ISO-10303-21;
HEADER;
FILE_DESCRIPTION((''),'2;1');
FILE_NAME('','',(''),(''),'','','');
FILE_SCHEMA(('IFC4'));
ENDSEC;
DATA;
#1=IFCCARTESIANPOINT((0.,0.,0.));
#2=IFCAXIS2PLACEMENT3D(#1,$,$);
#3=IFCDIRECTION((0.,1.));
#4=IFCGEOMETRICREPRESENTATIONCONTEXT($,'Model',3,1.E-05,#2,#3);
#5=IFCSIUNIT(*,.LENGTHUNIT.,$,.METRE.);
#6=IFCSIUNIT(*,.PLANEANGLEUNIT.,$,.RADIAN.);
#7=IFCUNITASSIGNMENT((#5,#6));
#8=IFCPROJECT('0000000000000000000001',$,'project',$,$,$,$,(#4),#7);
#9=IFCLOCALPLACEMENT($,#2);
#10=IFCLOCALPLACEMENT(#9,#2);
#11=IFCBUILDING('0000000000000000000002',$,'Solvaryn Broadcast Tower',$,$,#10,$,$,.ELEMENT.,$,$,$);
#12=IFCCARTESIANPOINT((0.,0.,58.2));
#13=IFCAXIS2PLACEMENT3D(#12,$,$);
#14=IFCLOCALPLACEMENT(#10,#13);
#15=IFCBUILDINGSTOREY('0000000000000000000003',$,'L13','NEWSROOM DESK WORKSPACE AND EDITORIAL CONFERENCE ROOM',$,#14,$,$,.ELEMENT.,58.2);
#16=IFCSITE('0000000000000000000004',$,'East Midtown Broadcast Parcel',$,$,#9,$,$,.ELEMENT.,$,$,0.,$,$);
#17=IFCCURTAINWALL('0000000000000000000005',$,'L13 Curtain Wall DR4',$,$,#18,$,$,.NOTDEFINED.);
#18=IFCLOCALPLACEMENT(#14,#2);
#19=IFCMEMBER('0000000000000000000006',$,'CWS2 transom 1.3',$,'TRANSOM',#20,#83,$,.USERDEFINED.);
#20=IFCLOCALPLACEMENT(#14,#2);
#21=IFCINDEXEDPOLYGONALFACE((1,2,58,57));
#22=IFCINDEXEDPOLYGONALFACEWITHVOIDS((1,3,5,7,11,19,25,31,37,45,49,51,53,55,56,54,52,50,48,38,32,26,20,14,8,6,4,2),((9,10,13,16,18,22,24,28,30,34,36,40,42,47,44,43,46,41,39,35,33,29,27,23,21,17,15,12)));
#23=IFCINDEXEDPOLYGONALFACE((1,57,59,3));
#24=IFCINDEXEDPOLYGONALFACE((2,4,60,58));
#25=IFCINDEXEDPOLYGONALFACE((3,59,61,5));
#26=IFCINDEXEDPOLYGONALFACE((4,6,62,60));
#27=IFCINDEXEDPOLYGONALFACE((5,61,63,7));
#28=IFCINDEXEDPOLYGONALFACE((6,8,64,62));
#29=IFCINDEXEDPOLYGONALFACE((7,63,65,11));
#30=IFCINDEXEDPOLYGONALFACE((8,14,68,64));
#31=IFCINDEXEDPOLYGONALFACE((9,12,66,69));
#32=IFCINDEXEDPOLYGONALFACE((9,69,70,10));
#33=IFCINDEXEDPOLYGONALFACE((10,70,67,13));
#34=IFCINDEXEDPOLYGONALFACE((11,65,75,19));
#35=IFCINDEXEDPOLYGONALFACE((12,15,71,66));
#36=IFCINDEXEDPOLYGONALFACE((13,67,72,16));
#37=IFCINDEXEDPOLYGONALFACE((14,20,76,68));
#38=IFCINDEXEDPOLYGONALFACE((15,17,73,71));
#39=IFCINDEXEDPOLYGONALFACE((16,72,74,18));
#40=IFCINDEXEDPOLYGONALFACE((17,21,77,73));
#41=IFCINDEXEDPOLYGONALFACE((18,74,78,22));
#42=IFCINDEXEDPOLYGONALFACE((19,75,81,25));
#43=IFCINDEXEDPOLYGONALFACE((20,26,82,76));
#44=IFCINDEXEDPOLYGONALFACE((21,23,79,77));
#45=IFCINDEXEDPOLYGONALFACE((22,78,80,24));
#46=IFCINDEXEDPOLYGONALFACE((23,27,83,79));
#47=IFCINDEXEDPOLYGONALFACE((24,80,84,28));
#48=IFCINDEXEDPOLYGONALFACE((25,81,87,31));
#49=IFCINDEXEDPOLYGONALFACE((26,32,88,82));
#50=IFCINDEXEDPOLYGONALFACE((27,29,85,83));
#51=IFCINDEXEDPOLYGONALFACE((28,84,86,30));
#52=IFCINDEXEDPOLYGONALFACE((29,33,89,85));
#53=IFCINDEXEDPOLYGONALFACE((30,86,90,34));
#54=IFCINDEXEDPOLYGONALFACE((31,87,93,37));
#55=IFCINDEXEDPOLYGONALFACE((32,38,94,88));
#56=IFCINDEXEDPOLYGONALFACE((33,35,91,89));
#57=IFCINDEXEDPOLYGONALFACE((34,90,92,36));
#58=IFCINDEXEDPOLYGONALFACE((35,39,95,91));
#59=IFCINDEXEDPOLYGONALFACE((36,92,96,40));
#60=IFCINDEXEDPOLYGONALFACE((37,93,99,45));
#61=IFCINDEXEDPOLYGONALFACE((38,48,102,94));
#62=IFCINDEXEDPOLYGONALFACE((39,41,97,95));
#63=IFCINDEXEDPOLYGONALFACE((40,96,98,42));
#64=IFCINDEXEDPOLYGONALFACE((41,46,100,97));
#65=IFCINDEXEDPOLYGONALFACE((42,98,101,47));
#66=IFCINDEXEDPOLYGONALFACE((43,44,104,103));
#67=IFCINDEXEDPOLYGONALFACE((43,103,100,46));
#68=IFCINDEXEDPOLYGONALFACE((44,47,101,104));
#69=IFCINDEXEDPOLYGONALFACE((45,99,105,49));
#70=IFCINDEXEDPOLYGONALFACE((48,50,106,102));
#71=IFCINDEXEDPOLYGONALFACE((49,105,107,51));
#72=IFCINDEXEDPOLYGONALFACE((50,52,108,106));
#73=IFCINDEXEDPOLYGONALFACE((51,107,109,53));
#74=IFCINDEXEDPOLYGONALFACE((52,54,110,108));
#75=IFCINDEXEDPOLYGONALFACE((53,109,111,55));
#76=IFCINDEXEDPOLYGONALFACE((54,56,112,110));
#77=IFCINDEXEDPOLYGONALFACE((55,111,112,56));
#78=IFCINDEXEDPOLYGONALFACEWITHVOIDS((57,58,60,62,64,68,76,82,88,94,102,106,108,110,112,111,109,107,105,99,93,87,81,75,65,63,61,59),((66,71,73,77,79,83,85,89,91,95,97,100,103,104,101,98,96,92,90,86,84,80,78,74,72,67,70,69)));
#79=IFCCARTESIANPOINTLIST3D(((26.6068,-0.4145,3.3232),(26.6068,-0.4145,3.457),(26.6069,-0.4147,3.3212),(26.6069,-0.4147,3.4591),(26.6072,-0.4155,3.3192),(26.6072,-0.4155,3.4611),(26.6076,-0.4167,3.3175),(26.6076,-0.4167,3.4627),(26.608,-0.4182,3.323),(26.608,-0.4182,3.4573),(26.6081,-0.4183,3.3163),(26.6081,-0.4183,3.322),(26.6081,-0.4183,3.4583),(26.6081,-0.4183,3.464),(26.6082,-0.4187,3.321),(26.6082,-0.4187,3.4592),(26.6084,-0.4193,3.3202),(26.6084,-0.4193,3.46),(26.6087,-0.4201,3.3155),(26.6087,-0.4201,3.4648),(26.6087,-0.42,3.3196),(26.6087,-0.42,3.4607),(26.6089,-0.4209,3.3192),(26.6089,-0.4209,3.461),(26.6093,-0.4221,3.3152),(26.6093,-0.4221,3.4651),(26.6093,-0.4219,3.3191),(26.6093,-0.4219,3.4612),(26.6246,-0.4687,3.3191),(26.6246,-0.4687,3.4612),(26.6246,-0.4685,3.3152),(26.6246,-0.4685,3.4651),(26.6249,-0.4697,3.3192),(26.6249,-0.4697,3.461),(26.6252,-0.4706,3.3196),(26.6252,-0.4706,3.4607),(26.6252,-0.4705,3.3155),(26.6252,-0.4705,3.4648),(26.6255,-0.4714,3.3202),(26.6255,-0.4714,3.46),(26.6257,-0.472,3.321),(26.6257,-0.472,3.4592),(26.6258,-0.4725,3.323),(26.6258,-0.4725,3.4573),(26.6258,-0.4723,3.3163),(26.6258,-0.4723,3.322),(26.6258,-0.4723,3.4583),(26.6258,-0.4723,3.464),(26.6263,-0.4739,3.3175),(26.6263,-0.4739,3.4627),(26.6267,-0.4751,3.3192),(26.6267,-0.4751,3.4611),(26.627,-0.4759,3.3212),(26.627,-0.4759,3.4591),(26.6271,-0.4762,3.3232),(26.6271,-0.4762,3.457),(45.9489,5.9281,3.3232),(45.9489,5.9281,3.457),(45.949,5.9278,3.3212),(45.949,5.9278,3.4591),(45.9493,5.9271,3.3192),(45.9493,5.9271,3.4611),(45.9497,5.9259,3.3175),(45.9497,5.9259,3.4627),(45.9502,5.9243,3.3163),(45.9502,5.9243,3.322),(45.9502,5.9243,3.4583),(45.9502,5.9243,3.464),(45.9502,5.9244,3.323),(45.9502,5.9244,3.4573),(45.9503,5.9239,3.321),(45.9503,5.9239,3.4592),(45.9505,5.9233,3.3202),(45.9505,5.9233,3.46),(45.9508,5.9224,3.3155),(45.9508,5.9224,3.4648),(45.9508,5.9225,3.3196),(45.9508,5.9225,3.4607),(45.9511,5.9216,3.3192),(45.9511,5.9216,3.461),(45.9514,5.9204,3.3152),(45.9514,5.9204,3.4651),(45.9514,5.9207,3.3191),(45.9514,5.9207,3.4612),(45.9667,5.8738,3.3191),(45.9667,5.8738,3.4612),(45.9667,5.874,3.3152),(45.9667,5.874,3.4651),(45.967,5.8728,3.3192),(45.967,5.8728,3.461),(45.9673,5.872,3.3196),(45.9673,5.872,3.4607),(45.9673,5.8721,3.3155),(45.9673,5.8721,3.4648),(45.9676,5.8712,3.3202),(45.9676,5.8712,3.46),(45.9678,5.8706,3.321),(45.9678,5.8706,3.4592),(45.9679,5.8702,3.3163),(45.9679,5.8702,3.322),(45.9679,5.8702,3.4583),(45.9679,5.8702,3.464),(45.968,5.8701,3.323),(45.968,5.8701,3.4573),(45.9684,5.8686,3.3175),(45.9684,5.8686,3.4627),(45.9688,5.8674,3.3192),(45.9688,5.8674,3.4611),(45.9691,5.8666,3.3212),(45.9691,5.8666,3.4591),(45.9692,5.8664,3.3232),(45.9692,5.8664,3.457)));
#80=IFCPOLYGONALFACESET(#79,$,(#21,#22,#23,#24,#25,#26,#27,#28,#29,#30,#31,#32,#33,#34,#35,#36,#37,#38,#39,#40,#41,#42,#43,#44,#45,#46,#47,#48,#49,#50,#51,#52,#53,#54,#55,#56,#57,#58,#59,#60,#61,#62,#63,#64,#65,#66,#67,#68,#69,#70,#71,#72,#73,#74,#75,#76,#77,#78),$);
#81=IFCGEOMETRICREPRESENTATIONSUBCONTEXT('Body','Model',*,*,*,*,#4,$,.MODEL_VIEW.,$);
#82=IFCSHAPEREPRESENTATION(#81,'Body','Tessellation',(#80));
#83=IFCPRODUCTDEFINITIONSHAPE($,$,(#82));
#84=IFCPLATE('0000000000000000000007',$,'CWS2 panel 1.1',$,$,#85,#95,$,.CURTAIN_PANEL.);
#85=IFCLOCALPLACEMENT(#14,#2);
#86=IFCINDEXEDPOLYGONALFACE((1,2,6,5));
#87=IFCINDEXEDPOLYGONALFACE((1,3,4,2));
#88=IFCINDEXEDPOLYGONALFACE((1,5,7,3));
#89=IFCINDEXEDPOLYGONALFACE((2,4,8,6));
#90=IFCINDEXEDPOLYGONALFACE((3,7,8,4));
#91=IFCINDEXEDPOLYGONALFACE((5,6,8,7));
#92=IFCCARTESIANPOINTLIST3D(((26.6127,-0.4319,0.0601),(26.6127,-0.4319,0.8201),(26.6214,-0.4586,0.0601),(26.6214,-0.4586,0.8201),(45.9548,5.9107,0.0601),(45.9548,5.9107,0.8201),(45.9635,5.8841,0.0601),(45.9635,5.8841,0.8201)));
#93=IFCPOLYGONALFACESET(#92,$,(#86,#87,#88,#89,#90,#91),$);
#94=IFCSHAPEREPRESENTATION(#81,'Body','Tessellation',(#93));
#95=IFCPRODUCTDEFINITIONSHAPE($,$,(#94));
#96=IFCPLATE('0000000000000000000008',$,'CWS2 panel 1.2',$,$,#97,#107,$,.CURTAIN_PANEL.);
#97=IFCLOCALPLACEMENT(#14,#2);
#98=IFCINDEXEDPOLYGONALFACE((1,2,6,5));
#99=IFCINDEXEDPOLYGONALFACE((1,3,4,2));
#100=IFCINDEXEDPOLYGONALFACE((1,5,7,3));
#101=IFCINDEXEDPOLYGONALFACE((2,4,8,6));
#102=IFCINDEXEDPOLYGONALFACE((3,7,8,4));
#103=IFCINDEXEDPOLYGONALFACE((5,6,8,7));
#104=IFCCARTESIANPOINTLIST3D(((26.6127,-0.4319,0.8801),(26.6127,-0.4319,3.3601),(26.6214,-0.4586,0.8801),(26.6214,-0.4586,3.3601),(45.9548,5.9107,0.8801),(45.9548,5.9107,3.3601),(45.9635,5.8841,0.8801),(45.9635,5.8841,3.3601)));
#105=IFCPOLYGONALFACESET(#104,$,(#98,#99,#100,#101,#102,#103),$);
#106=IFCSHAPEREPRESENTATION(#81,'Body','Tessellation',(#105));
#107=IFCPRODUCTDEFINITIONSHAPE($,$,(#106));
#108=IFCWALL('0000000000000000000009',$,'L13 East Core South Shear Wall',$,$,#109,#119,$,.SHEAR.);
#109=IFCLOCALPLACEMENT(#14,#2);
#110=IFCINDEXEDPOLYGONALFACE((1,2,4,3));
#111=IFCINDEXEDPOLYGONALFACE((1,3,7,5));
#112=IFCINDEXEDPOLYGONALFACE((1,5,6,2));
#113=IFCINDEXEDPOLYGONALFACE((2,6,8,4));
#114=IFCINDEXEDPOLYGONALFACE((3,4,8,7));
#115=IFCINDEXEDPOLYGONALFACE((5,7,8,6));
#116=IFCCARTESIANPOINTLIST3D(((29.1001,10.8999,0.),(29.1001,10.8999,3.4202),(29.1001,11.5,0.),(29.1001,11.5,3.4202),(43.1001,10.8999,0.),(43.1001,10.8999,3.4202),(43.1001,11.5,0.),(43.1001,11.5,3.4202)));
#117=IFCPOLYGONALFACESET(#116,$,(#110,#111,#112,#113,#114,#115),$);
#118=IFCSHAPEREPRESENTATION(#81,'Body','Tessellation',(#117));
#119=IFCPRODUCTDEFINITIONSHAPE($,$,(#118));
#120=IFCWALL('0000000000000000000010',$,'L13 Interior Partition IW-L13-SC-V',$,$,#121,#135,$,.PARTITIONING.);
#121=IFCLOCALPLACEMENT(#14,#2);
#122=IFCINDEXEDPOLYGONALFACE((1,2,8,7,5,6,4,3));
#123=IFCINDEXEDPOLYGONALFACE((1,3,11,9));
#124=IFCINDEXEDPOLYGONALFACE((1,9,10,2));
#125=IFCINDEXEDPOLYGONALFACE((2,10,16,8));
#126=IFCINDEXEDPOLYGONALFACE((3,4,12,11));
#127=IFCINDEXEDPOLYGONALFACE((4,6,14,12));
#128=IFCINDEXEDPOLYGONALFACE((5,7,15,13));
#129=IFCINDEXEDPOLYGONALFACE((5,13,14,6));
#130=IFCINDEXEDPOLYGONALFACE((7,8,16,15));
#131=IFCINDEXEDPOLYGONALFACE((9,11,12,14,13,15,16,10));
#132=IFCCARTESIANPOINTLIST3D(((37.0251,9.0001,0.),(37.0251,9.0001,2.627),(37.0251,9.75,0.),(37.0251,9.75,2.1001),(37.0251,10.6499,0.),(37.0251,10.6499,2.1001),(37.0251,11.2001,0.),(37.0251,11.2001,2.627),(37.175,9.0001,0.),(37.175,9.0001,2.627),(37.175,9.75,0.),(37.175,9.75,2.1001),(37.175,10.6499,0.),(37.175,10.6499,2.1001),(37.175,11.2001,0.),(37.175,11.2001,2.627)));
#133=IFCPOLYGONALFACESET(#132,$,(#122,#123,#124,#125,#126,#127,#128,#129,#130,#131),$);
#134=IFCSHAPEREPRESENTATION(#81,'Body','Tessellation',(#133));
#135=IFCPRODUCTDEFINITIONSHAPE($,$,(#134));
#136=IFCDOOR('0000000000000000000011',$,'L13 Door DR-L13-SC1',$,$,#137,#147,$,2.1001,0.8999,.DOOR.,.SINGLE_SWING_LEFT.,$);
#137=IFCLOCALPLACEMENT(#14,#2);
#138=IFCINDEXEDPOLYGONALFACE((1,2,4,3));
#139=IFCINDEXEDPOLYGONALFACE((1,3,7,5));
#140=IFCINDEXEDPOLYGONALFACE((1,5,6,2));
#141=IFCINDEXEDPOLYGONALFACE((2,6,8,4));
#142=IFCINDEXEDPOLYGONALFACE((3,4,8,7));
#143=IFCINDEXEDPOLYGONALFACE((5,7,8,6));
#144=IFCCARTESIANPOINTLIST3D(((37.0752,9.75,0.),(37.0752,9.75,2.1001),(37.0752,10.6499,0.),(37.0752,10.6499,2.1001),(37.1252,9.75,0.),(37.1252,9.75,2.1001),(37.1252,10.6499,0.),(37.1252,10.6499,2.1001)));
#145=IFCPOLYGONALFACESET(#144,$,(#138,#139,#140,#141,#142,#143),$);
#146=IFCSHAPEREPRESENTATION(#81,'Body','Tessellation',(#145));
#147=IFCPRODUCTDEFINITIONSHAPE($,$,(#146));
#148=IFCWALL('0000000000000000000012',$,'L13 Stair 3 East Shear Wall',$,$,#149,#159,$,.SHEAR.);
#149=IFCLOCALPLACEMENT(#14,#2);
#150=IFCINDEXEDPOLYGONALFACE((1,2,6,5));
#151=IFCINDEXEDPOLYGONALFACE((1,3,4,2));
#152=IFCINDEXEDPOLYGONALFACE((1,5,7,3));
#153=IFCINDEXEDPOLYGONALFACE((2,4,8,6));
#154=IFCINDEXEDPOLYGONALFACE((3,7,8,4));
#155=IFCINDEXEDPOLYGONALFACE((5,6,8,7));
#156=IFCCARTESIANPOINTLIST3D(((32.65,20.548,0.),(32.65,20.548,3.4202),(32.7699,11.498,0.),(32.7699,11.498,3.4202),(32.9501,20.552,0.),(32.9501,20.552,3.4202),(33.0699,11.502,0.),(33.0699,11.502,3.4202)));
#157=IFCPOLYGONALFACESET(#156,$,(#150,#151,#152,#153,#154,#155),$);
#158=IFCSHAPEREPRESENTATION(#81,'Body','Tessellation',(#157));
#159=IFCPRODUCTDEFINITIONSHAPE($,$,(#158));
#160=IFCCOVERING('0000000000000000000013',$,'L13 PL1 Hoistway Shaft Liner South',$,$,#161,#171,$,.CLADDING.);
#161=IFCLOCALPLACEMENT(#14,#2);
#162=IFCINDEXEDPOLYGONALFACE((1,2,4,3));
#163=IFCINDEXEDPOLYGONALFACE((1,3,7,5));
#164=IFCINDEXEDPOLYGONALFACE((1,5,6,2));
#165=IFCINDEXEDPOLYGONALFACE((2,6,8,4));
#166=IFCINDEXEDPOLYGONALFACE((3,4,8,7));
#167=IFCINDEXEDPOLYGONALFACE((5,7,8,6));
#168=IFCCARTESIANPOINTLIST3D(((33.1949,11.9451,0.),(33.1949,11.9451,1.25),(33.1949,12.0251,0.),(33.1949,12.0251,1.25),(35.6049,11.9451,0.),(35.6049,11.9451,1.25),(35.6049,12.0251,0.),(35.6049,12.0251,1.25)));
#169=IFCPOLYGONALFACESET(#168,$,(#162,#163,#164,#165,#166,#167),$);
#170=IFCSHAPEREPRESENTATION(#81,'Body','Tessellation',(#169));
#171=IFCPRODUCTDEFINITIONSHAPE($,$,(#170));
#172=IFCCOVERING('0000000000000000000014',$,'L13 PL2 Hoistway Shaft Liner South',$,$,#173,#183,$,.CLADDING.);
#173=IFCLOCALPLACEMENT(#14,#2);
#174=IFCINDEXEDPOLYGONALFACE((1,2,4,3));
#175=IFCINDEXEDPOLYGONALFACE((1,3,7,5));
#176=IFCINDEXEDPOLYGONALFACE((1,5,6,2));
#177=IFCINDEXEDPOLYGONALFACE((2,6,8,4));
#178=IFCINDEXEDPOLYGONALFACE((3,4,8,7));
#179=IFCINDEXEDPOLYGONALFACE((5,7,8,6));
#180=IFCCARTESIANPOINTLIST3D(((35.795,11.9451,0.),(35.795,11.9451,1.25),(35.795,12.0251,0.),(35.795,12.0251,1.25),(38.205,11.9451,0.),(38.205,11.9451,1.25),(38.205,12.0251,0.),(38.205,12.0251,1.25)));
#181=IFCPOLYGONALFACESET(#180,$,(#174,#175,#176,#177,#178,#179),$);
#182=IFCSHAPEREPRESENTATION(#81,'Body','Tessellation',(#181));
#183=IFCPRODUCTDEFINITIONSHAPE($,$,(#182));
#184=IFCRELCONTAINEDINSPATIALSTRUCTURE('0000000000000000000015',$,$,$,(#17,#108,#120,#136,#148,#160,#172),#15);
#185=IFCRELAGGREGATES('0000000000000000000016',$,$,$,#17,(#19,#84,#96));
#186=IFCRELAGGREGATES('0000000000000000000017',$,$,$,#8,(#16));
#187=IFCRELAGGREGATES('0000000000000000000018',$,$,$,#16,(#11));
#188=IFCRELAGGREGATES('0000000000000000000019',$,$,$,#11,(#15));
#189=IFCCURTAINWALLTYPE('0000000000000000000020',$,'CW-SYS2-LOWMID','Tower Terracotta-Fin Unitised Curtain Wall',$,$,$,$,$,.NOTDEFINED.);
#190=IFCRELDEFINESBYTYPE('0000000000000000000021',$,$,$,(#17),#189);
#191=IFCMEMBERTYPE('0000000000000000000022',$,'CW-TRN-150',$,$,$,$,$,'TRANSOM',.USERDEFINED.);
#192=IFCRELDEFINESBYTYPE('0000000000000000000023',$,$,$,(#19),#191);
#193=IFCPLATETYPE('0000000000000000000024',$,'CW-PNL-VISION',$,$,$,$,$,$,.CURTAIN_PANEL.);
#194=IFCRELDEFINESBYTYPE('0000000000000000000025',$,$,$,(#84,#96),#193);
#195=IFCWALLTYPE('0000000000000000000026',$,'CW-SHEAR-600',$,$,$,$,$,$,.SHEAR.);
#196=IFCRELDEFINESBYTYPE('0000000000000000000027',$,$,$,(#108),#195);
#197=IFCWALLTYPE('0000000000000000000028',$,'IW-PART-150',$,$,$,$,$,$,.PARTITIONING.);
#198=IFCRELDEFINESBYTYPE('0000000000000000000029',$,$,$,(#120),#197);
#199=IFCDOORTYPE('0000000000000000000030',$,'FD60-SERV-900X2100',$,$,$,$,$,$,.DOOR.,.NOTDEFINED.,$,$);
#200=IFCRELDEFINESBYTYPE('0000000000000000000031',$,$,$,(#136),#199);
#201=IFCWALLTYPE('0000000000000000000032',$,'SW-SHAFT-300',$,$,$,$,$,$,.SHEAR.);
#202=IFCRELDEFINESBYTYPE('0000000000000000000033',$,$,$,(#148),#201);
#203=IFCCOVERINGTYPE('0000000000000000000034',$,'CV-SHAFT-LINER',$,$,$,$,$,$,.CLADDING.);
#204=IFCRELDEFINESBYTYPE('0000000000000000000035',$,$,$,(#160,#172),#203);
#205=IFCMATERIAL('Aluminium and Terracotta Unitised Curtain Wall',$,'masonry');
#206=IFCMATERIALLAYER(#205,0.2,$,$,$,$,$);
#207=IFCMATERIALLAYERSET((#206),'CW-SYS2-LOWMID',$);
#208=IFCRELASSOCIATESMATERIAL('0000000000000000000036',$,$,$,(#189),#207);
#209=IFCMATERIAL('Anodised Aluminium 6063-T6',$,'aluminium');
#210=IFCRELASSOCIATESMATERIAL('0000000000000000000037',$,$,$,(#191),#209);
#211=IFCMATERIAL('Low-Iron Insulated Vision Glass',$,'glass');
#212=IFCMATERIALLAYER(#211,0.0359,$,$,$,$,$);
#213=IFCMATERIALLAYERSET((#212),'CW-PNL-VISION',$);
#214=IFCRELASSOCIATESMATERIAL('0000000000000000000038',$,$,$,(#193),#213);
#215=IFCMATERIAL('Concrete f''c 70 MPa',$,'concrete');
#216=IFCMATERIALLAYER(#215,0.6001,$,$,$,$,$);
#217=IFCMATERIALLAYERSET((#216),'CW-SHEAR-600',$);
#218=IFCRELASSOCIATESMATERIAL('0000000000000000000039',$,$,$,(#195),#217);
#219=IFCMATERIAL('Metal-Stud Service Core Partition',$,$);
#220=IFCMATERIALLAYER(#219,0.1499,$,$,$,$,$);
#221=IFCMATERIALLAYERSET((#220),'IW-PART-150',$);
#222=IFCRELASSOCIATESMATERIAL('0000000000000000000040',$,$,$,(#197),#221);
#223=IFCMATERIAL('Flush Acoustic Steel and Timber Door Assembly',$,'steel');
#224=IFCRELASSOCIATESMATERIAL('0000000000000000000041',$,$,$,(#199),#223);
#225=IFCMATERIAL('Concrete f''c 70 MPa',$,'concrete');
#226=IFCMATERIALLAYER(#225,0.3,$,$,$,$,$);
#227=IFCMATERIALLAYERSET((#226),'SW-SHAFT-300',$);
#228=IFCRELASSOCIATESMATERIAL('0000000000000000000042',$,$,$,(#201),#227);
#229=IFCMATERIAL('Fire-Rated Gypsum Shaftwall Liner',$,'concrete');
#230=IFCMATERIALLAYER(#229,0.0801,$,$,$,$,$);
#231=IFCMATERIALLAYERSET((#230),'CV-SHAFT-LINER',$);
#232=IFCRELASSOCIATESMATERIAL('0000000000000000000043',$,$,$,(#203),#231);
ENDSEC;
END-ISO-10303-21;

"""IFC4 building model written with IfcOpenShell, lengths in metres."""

from ifc_helpers import new_model, si_unit, direction, frame, frame_2d, origin, origin_2d, place, context, subcontext, project, spatial, rectangle, hollow_rectangle, extrude, material, layer, layer_set, material_profile, profile_set, type_object, element, fill, aggregate, save


model = new_model("IFC4")

# Units and contexts
model_context = context("Model", 3, precision=1e-05, world=origin(), true_north=direction((0.0, 1.0)))
body_context = subcontext(model_context, "Body", "Model", "MODEL_VIEW")
ifc_project = project(units=[si_unit("LENGTHUNIT", "METRE"), si_unit("PLANEANGLEUNIT", "RADIAN")], contexts=[model_context])

# Site, building, storey
site_placement = place(None, origin())
site = spatial("IfcSite", under=ifc_project, at=site_placement, Name="East Midtown Broadcast Parcel", CompositionType="ELEMENT", RefElevation=0.0)
building_placement = place(site_placement, origin())
building = spatial("IfcBuilding", under=site, at=building_placement, Name="Solvaryn Broadcast Tower", CompositionType="ELEMENT")
storey_placement = place(building_placement, frame((0.0, 0.0, 58.2)))
storey = spatial("IfcBuildingStorey", under=building, at=storey_placement, Name="L13", Description="NEWSROOM DESK WORKSPACE AND EDITORIAL CONFERENCE ROOM", CompositionType="ELEMENT", Elevation=58.2)

# Shared definitions
ifc_material_1 = material(Name="Aluminium and Terracotta Unitised Curtain Wall", Category="masonry")
ifc_layer_1 = layer(ifc_material_1, 0.2)
ifc_layer_set_1 = layer_set([ifc_layer_1], Name="CW-SYS2-LOWMID")
curtain_wall_type = type_object("IfcCurtainWallType", Name="CW-SYS2-LOWMID", Description="Tower Terracotta-Fin Unitised Curtain Wall", PredefinedType="NOTDEFINED", material=ifc_layer_set_1)

# Curtain wall, member, plates
curtain_wall_1_placement = place(storey_placement, origin())
curtain_wall_1 = element("IfcCurtainWall", 1, at=curtain_wall_1_placement, inside=storey, type_object=curtain_wall_type, Name="L13 Curtain Wall DR4", PredefinedType="NOTDEFINED")
ifc_material_2 = material(Name="Anodised Aluminium 6063-T6", Category="aluminium")
ifc_material_profile_1 = material_profile(ifc_material_2, hollow_rectangle(XDim=0.0649, YDim=0.1499, WallThickness=0.0039, InnerFilletRadius=0.0039, OuterFilletRadius=0.0081, at=origin_2d()))
ifc_profile_set_1 = profile_set([ifc_material_profile_1], Name="Anodised Aluminium 6063-T6")
member_type_1 = type_object("IfcMemberType", Name="CW-TRN-150", ElementType="TRANSOM", PredefinedType="USERDEFINED", material=ifc_profile_set_1)
member_1_placement = place(storey_placement, frame((26.6169, -0.4453, 3.3901), z_axis=(0.950217, 0.31159, 0.0), x_axis=(-0.31159, 0.950217, 0.0)))
member_1 = element("IfcMember", 2, at=member_1_placement, type_object=member_type_1, Name="CWS2 transom 1.3", ObjectType="TRANSOM", PredefinedType="USERDEFINED", context=body_context, shape_type="SweptSolid", body=[
    extrude(hollow_rectangle(XDim=0.0649, YDim=0.1499, WallThickness=0.0039, InnerFilletRadius=0.0039, OuterFilletRadius=0.0081, at=origin_2d()), origin(), (0.0, 0.0, 1.0), 20.3555),
])
ifc_material_3 = material(Name="Low-Iron Insulated Vision Glass", Category="glass")
ifc_layer_2 = layer(ifc_material_3, 0.0359)
ifc_layer_set_2 = layer_set([ifc_layer_2], Name="CW-PNL-VISION")
plate_type = type_object("IfcPlateType", Name="CW-PNL-VISION", PredefinedType="CURTAIN_PANEL", material=ifc_layer_set_2)
plate_1_placement = place(storey_placement, frame((36.2881, 2.7261, 0.0601), z_axis=(0.0, 0.0, 1.0), x_axis=(0.950215, 0.311594, 0.0)))
plate_1 = element("IfcPlate", 3, at=plate_1_placement, type_object=plate_type, Name="CWS2 panel 1.1", PredefinedType="CURTAIN_PANEL", context=body_context, shape_type="SweptSolid", body=[
    extrude(rectangle(XDim=20.3555, YDim=0.0281, at=origin_2d()), origin(), (0.0, 0.0, 1.0), 0.76),
])
plate_2_placement = place(storey_placement, frame((36.2881, 2.7261, 0.8801), z_axis=(0.0, 0.0, 1.0), x_axis=(0.950215, 0.311594, 0.0)))
plate_2 = element("IfcPlate", 4, at=plate_2_placement, type_object=plate_type, Name="CWS2 panel 1.2", PredefinedType="CURTAIN_PANEL", context=body_context, shape_type="SweptSolid", body=[
    extrude(rectangle(XDim=20.3555, YDim=0.0281, at=origin_2d()), origin(), (0.0, 0.0, 1.0), 2.48),
])
aggregate(curtain_wall_1, [member_1, plate_1, plate_2])

# Wall
ifc_material_4 = material(Name="Concrete f'c 70 MPa", Category="concrete")
ifc_layer_3 = layer(ifc_material_4, 0.6001)
ifc_layer_set_3 = layer_set([ifc_layer_3], Name="CW-SHEAR-600")
wall_type_1 = type_object("IfcWallType", Name="CW-SHEAR-600", PredefinedType="SHEAR", material=ifc_layer_set_3)
wall_1_placement = place(storey_placement, frame((29.1001, 11.2, 0.0), z_axis=(0.0, 0.0, 1.0), x_axis=(1.0, 0.0, 0.0)))
element("IfcWall", 5, at=wall_1_placement, inside=storey, type_object=wall_type_1, Name="L13 East Core South Shear Wall", PredefinedType="SHEAR", context=body_context, shape_type="SweptSolid", body=[
    extrude(rectangle(XDim=14.0, YDim=0.6001, at=frame_2d((7.0, 0.0))), origin(), (0.0, 0.0, 1.0), 3.4202),
])

# Wall, opening, door
ifc_material_5 = material(Name="Metal-Stud Service Core Partition")
ifc_layer_4 = layer(ifc_material_5, 0.1499)
ifc_layer_set_4 = layer_set([ifc_layer_4], Name="IW-PART-150")
wall_type_2 = type_object("IfcWallType", Name="IW-PART-150", PredefinedType="PARTITIONING", material=ifc_layer_set_4)
wall_2_placement = place(storey_placement, frame((37.1001, 9.0, 0.0), z_axis=(0.0, 0.0, 1.0), x_axis=(0.0, 1.0, 0.0)))
wall_2 = element("IfcWall", 6, at=wall_2_placement, inside=storey, type_object=wall_type_2, Name="L13 Interior Partition IW-L13-SC-V", PredefinedType="PARTITIONING", context=body_context, shape_type="SweptSolid", body=[
    extrude(rectangle(XDim=2.2, YDim=0.1499, at=frame_2d((1.1001, 0.0))), origin(), (0.0, 0.0, 1.0), 2.627),
])
opening_placement = place(wall_2_placement, frame((0.75, 0.0, 0.0)))
opening = element("IfcOpeningElement", 7, at=opening_placement, cuts=wall_2, PredefinedType="OPENING", context=body_context, shape_type="SweptSolid", body=[
    extrude(rectangle(XDim=0.8999, YDim=2.1001, at=frame_2d((0.45, 1.05))), frame((0.0, 0.085, 0.0), z_axis=(0.0, -1.0, 0.0), x_axis=(1.0, 0.0, 0.0)), (0.0, 0.0, 1.0), 0.1699),
])
ifc_material_6 = material(Name="Flush Acoustic Steel and Timber Door Assembly", Category="steel")
door_type = type_object("IfcDoorType", Name="FD60-SERV-900X2100", OperationType="NOTDEFINED", PredefinedType="DOOR", material=ifc_material_6)
door_placement = place(opening_placement, origin())
door = element("IfcDoor", 8, at=door_placement, inside=storey, type_object=door_type, Name="L13 Door DR-L13-SC1", OperationType="SINGLE_SWING_LEFT", OverallHeight=2.1001, OverallWidth=0.8999, PredefinedType="DOOR", context=body_context, shape_type="SweptSolid", body=[
    extrude(rectangle(XDim=0.8999, YDim=2.1001, at=frame_2d((0.45, 1.05))), frame((0.0, 0.0249, 0.0), z_axis=(0.0, -1.0, 0.0), x_axis=(1.0, 0.0, 0.0)), (0.0, 0.0, 1.0), 0.05),
])
fill(opening, door)

# Wall
ifc_material_7 = material(Name="Concrete f'c 70 MPa", Category="concrete")
ifc_layer_5 = layer(ifc_material_7, 0.3)
ifc_layer_set_5 = layer_set([ifc_layer_5], Name="SW-SHAFT-300")
wall_type_3 = type_object("IfcWallType", Name="SW-SHAFT-300", PredefinedType="SHEAR", material=ifc_layer_set_5)
wall_3_placement = place(storey_placement, frame((32.9199, 11.5, 0.0), z_axis=(0.0, 0.0, 1.0), x_axis=(-0.013244, 0.999912, 0.0)))
element("IfcWall", 9, at=wall_3_placement, inside=storey, type_object=wall_type_3, Name="L13 Stair 3 East Shear Wall", PredefinedType="SHEAR", context=body_context, shape_type="SweptSolid", body=[
    extrude(rectangle(XDim=9.0508, YDim=0.3, at=frame_2d((4.5254, 0.0))), origin(), (0.0, 0.0, 1.0), 3.4202),
])

# Coverings
ifc_material_8 = material(Name="Fire-Rated Gypsum Shaftwall Liner", Category="concrete")
ifc_layer_6 = layer(ifc_material_8, 0.0801)
ifc_layer_set_6 = layer_set([ifc_layer_6], Name="CV-SHAFT-LINER")
covering_type_1 = type_object("IfcCoveringType", Name="CV-SHAFT-LINER", PredefinedType="CLADDING", material=ifc_layer_set_6)
for number, where, z_axis, x_axis, name in (
    (10, (34.3999, 11.9851, 0.0), (0.0, 0.0, 1.0), (1.0, 0.0, 0.0), "L13 PL1 Hoistway Shaft Liner South"),
    (11, (37.0, 11.9851, 0.0), (0.0, 0.0, 1.0), (1.0, 0.0, 0.0), "L13 PL2 Hoistway Shaft Liner South"),
):
    element("IfcCovering", number, at=place(storey_placement, frame(where, z_axis=z_axis, x_axis=x_axis)), inside=storey, type_object=covering_type_1, Name=name, PredefinedType="CLADDING", context=body_context, shape_type="SweptSolid", body=[
        extrude(rectangle(XDim=2.4099, YDim=0.0801, at=origin_2d()), origin(), (0.0, 0.0, 1.0), 1.25),
    ])

save(model, "model.ifc")
